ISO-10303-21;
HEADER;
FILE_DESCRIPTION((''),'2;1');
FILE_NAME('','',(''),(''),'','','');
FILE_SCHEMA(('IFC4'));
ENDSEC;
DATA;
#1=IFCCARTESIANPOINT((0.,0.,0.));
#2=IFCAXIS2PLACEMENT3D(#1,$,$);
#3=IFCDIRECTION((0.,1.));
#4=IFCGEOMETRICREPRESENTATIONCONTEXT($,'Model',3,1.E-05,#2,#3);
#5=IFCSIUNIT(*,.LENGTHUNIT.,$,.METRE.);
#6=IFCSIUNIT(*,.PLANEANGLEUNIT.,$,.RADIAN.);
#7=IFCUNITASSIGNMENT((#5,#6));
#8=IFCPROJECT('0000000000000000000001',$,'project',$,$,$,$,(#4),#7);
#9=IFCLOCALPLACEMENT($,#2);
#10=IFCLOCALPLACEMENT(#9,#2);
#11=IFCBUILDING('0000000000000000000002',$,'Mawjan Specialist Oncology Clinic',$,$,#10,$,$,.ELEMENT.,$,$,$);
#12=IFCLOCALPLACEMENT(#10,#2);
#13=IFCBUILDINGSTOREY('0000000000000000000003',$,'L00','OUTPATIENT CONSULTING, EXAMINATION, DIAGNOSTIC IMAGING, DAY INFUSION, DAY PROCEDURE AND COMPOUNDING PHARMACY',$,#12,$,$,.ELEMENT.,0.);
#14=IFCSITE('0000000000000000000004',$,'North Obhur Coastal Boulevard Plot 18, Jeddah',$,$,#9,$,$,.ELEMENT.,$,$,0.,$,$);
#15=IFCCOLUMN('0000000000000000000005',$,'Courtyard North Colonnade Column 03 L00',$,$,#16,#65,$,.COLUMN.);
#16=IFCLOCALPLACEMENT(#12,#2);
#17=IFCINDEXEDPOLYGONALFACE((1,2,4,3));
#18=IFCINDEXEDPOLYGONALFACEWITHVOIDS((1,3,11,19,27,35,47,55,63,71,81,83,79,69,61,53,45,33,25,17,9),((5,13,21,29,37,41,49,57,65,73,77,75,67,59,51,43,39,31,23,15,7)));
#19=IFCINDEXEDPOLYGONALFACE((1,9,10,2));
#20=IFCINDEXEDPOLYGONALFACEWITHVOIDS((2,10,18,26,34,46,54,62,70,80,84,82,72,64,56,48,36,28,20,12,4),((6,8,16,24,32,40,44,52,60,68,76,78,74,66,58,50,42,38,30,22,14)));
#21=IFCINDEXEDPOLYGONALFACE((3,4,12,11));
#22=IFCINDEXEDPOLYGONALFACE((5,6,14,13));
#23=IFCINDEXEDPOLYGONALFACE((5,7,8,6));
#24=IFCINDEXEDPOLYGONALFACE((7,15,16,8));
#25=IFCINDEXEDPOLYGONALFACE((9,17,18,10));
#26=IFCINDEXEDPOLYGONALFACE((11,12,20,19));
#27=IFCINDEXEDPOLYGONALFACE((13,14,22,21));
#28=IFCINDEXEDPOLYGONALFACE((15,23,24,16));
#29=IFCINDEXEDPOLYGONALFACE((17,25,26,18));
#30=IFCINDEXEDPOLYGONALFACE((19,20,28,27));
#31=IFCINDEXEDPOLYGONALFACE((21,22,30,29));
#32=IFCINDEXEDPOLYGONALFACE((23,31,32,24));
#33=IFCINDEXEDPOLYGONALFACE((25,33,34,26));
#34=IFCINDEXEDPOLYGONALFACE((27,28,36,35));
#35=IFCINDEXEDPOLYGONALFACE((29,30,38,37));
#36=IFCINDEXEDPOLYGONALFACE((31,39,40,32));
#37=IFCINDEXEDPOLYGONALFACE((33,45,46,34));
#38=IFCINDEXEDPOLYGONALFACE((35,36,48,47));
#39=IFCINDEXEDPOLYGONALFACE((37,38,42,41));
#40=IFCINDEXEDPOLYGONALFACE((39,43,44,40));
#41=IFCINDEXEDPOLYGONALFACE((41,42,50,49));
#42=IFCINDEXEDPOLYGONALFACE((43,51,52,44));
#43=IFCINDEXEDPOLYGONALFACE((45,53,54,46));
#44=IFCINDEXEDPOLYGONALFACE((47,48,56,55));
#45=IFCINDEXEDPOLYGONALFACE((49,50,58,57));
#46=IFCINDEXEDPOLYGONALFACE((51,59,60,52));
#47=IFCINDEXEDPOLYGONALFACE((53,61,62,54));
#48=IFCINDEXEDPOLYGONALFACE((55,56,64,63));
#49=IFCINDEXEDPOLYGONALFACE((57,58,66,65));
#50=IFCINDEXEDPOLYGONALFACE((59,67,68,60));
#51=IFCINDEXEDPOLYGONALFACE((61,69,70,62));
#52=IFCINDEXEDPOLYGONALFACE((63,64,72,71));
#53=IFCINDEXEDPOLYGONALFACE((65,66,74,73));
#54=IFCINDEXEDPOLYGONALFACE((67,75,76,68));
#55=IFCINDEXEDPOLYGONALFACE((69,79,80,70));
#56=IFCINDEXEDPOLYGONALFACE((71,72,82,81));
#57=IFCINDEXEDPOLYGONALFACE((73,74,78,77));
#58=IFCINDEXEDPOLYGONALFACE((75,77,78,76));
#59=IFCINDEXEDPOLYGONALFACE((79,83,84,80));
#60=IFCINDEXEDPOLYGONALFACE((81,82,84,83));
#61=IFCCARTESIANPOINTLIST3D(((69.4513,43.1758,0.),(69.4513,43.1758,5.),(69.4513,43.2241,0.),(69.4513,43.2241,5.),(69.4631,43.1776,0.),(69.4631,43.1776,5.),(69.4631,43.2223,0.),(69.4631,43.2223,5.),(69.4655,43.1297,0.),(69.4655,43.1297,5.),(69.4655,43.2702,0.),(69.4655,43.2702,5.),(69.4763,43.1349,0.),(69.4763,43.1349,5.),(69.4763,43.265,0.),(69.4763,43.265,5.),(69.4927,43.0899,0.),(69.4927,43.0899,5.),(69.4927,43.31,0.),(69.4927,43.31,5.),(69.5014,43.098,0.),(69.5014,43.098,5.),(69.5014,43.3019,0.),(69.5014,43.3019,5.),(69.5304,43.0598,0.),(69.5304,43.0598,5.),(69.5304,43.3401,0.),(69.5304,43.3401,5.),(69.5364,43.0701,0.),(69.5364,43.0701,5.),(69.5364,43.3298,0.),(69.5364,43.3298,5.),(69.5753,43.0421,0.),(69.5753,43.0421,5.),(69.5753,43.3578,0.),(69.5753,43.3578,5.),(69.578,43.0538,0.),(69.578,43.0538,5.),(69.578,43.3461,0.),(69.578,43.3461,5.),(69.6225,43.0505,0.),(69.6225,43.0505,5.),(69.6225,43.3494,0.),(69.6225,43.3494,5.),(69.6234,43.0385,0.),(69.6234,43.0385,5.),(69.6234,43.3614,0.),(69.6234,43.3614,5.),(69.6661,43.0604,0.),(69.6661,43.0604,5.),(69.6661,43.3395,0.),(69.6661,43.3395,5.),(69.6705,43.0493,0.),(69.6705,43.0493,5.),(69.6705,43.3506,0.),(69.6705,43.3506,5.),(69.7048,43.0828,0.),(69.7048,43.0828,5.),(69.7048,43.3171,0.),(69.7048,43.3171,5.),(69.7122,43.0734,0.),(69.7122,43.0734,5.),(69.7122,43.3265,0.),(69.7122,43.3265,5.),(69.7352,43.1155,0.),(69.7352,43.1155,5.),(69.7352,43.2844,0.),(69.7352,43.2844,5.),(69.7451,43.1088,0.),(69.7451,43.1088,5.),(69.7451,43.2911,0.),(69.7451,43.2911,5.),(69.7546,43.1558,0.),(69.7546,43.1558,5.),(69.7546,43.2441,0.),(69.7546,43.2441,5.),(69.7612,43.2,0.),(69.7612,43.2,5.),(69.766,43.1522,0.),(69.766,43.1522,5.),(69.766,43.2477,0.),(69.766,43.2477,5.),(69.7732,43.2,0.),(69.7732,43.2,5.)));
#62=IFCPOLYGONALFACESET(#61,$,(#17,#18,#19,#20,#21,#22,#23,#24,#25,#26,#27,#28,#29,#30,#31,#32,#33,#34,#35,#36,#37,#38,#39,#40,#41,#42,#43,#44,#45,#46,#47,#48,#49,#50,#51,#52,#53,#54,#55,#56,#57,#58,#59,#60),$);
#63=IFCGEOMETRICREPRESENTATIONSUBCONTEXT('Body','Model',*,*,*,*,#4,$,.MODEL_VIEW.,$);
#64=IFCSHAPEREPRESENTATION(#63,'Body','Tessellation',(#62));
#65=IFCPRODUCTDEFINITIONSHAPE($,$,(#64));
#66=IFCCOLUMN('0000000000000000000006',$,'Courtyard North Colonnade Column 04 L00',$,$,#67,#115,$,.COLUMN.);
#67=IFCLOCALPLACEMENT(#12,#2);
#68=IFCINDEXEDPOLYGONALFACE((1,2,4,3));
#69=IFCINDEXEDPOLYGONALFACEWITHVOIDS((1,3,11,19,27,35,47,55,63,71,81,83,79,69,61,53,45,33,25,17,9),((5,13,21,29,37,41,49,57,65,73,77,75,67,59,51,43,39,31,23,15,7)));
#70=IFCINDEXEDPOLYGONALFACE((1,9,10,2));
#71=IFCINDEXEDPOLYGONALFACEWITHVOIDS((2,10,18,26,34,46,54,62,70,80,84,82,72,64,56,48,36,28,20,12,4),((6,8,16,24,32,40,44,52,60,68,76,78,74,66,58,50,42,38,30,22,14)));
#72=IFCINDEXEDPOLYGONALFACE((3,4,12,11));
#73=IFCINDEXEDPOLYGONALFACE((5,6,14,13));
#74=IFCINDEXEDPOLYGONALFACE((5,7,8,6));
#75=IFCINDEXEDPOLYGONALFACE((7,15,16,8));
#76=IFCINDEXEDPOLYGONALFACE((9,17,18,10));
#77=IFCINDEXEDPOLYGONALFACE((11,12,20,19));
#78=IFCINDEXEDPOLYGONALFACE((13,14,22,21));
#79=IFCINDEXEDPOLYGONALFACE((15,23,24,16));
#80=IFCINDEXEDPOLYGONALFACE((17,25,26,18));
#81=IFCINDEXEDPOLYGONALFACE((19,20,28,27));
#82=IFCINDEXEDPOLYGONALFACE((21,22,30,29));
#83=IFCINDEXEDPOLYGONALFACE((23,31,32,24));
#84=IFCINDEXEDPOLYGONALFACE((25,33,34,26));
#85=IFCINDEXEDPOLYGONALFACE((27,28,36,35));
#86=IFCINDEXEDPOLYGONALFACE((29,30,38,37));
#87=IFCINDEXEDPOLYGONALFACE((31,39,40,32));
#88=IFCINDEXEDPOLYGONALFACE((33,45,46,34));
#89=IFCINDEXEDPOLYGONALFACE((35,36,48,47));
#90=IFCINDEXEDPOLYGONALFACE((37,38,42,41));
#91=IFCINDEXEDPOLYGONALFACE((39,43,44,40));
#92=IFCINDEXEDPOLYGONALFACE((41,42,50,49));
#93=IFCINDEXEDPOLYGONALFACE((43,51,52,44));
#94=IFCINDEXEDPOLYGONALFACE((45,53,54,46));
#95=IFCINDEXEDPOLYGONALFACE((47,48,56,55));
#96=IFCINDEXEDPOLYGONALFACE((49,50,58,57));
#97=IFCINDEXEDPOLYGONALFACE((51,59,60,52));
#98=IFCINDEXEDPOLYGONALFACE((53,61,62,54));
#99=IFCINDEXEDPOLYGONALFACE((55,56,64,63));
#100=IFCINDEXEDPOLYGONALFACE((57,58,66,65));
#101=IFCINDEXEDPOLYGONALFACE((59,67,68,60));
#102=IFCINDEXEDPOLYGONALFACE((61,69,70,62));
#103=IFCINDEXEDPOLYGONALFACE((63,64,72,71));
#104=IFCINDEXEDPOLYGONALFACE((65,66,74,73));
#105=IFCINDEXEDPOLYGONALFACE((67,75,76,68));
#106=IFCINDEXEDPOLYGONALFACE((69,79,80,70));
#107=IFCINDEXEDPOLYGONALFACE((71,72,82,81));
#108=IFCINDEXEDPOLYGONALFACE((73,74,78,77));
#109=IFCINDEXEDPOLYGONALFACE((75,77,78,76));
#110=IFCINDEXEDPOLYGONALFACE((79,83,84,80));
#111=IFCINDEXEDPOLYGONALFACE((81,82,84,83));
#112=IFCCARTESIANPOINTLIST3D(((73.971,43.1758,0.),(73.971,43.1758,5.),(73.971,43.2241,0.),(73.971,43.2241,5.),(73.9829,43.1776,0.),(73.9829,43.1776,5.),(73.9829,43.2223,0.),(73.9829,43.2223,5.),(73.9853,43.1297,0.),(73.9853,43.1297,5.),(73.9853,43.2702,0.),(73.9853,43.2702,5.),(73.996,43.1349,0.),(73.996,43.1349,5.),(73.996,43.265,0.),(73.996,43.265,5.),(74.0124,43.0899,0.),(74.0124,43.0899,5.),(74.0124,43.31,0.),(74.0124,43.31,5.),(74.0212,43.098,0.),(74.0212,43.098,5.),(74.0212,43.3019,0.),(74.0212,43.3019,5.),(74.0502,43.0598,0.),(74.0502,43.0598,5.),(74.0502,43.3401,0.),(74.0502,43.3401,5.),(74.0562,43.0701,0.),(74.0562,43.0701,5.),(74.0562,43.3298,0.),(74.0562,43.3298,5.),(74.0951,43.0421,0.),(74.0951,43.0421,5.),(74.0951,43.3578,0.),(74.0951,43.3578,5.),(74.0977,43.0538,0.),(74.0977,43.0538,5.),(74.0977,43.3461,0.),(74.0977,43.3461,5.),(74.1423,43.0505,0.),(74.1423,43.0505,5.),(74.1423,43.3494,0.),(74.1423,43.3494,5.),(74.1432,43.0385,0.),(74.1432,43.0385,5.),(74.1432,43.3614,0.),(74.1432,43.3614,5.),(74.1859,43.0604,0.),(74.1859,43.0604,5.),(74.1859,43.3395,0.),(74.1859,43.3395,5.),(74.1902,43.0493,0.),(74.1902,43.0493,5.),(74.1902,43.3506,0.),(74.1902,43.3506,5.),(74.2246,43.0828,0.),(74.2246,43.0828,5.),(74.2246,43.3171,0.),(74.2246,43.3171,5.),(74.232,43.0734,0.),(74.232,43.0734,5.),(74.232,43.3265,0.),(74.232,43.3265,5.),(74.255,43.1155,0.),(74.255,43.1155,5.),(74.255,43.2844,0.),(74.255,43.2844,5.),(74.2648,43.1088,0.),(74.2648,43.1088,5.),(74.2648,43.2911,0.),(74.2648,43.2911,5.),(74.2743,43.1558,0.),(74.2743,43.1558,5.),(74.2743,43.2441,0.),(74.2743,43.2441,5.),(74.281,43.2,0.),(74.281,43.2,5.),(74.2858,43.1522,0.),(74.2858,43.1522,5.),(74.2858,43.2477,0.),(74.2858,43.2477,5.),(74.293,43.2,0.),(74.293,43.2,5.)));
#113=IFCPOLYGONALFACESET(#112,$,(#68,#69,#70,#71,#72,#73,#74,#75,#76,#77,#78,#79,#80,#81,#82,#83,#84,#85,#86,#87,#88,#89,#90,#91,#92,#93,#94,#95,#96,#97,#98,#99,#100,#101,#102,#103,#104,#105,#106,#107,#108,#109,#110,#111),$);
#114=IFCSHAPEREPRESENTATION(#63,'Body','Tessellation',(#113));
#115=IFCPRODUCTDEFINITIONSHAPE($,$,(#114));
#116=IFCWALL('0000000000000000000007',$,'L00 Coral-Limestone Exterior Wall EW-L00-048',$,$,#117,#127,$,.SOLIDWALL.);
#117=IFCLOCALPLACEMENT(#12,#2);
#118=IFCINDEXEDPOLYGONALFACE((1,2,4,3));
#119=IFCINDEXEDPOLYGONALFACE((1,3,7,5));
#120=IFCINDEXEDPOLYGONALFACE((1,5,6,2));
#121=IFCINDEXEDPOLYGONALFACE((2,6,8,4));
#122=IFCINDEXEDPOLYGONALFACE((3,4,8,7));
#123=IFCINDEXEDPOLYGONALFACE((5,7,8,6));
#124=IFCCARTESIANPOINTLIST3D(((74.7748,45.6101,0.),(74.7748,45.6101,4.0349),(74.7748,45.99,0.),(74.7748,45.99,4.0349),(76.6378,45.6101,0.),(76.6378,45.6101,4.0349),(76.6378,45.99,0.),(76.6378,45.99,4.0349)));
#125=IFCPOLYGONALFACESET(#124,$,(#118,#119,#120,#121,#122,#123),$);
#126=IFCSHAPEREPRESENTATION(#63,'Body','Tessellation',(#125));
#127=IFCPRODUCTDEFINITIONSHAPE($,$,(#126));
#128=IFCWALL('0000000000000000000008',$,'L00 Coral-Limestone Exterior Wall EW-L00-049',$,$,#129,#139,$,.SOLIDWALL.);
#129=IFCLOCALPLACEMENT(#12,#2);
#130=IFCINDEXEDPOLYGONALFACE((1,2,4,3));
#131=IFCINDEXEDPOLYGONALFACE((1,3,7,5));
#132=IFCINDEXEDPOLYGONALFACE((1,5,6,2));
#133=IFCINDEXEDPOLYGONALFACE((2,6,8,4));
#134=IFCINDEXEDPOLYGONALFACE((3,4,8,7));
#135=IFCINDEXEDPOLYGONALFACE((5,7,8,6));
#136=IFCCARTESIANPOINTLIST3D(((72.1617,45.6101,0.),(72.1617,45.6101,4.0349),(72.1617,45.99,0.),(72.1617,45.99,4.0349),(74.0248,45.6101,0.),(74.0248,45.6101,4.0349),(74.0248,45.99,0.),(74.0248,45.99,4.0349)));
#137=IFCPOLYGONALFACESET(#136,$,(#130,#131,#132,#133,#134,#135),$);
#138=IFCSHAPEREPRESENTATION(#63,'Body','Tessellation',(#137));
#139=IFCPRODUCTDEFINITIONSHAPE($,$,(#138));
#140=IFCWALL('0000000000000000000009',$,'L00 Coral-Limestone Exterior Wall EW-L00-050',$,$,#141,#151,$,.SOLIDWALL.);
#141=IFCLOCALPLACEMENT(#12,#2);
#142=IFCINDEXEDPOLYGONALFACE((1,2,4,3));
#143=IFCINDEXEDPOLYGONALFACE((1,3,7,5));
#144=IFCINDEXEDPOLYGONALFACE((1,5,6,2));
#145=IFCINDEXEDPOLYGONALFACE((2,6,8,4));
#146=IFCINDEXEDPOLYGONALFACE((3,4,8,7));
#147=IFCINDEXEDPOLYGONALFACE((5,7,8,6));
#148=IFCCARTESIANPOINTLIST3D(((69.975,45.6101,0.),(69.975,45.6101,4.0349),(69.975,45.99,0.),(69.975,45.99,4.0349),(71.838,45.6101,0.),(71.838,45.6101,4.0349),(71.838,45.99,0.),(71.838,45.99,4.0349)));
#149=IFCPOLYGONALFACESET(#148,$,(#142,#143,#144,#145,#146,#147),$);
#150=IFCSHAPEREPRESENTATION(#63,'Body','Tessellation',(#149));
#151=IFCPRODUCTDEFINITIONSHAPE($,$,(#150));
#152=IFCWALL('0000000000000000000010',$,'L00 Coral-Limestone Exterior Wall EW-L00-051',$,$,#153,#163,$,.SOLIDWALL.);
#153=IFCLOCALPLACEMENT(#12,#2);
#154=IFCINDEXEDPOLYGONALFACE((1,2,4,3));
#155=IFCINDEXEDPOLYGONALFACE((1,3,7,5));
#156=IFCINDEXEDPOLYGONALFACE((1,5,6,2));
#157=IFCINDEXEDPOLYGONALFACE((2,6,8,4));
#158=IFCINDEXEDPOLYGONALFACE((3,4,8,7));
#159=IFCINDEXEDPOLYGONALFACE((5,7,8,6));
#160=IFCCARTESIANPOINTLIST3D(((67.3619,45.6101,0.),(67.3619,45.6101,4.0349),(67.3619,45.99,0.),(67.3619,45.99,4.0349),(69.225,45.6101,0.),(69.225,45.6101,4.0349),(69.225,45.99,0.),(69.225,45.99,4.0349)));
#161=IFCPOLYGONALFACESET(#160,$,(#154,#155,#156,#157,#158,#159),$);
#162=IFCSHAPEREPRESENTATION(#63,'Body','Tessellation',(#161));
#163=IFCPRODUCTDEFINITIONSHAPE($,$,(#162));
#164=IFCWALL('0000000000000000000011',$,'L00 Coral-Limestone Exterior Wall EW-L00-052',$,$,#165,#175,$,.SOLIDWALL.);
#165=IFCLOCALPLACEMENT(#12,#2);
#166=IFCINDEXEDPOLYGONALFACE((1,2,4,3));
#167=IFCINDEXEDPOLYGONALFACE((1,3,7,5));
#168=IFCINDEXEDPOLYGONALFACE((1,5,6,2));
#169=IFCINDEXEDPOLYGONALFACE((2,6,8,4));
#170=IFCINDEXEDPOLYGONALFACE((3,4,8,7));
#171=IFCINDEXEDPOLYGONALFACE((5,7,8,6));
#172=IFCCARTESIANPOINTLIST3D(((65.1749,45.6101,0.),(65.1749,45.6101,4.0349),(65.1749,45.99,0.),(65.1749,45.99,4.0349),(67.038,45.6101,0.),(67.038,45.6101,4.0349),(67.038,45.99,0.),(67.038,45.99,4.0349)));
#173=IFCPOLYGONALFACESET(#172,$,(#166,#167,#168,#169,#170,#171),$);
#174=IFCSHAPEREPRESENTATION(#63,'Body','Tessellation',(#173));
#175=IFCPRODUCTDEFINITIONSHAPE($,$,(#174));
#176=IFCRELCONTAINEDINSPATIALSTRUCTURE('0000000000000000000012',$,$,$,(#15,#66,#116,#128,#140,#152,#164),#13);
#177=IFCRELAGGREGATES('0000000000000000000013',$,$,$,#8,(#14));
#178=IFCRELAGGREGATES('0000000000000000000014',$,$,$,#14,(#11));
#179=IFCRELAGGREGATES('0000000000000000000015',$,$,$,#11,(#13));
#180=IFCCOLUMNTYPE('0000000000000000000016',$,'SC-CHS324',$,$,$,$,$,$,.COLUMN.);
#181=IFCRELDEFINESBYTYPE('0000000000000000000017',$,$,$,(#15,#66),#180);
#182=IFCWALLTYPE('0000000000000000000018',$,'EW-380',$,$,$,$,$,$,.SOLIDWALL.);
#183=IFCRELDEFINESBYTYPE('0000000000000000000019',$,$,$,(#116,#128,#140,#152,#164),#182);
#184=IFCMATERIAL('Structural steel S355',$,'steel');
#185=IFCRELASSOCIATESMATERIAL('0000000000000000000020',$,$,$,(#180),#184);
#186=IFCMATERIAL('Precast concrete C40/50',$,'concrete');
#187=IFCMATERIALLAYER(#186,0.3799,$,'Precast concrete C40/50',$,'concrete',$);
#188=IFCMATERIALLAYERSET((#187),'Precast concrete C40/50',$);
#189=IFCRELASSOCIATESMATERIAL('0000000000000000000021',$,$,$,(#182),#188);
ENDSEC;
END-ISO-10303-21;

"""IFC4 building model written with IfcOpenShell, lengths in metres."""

from ifc_helpers import new_model, si_unit, direction, frame, frame_2d, origin, origin_2d, place, context, subcontext, project, spatial, rectangle, hollow_circle, extrude, material, layer, layer_set, material_profile, profile_set, type_object, element, save


model = new_model("IFC4")

# Units and contexts
model_context = context("Model", 3, precision=1e-05, world=origin(), true_north=direction((0.0, 1.0)))
body_context = subcontext(model_context, "Body", "Model", "MODEL_VIEW")
ifc_project = project(units=[si_unit("LENGTHUNIT", "METRE"), si_unit("PLANEANGLEUNIT", "RADIAN")], contexts=[model_context])

# Site, building, storey
site_placement = place(None, origin())
site = spatial("IfcSite", under=ifc_project, at=site_placement, Name="North Obhur Coastal Boulevard Plot 18, Jeddah", CompositionType="ELEMENT", RefElevation=0.0)
building_placement = place(site_placement, origin())
building = spatial("IfcBuilding", under=site, at=building_placement, Name="Mawjan Specialist Oncology Clinic", CompositionType="ELEMENT")
storey_placement = place(building_placement, origin())
storey = spatial("IfcBuildingStorey", under=building, at=storey_placement, Name="L00", Description="OUTPATIENT CONSULTING, EXAMINATION, DIAGNOSTIC IMAGING, DAY INFUSION, DAY PROCEDURE AND COMPOUNDING PHARMACY", CompositionType="ELEMENT", Elevation=0.0)

# Columns
ifc_material_1 = material(Name="Structural steel S355", Category="steel")
ifc_material_profile_1 = material_profile(ifc_material_1, hollow_circle(Radius=0.1619, WallThickness=0.012, at=origin_2d()), Name="CHS 323.9x12", Category="steel")
ifc_profile_set_1 = profile_set([ifc_material_profile_1], Name="Structural steel S355")
column_type_1 = type_object("IfcColumnType", Name="SC-CHS324", PredefinedType="COLUMN", material=ifc_profile_set_1)
for number, where, z_axis, x_axis, name in (
    (1, (69.6113, 43.2, 0.0), (0.0, 0.0, 1.0), (1.0, 0.0, 0.0), "Courtyard North Colonnade Column 03 L00"),
    (2, (74.1311, 43.2, 0.0), (0.0, 0.0, 1.0), (1.0, 0.0, 0.0), "Courtyard North Colonnade Column 04 L00"),
):
    element("IfcColumn", number, at=place(storey_placement, frame(where, z_axis=z_axis, x_axis=x_axis)), inside=storey, type_object=column_type_1, Name=name, PredefinedType="COLUMN", context=body_context, shape_type="SweptSolid", body=[
        extrude(hollow_circle(Radius=0.1619, WallThickness=0.012, at=origin_2d()), origin(), (0.0, 0.0, 1.0), 5.0),
    ])

# Walls
ifc_material_2 = material(Name="Precast concrete C40/50", Category="concrete")
ifc_layer = layer(ifc_material_2, 0.3799, Name="Precast concrete C40/50", Category="concrete")
ifc_layer_set = layer_set([ifc_layer], Name="Precast concrete C40/50")
wall_type = type_object("IfcWallType", Name="EW-380", PredefinedType="SOLIDWALL", material=ifc_layer_set)
for number, where, z_axis, x_axis, name in (
    (3, (76.6379, 45.8, 0.0), (0.0, 0.0, 1.0), (-1.0, 0.0, 0.0), "L00 Coral-Limestone Exterior Wall EW-L00-048"),
    (4, (74.0249, 45.8, 0.0), (0.0, 0.0, 1.0), (-1.0, 0.0, 0.0), "L00 Coral-Limestone Exterior Wall EW-L00-049"),
    (5, (71.8381, 45.8, 0.0), (0.0, 0.0, 1.0), (-1.0, 0.0, 0.0), "L00 Coral-Limestone Exterior Wall EW-L00-050"),
    (6, (69.2251, 45.8, 0.0), (0.0, 0.0, 1.0), (-1.0, 0.0, 0.0), "L00 Coral-Limestone Exterior Wall EW-L00-051"),
    (7, (67.0381, 45.8, 0.0), (0.0, 0.0, 1.0), (-1.0, 0.0, 0.0), "L00 Coral-Limestone Exterior Wall EW-L00-052"),
):
    element("IfcWall", number, at=place(storey_placement, frame(where, z_axis=z_axis, x_axis=x_axis)), inside=storey, type_object=wall_type, Name=name, PredefinedType="SOLIDWALL", context=body_context, shape_type="SweptSolid", body=[
        extrude(rectangle(XDim=1.863, YDim=0.3799, at=frame_2d((0.9316, 0.0))), origin(), (0.0, 0.0, 1.0), 4.0349),
    ])

save(model, "model.ifc")
